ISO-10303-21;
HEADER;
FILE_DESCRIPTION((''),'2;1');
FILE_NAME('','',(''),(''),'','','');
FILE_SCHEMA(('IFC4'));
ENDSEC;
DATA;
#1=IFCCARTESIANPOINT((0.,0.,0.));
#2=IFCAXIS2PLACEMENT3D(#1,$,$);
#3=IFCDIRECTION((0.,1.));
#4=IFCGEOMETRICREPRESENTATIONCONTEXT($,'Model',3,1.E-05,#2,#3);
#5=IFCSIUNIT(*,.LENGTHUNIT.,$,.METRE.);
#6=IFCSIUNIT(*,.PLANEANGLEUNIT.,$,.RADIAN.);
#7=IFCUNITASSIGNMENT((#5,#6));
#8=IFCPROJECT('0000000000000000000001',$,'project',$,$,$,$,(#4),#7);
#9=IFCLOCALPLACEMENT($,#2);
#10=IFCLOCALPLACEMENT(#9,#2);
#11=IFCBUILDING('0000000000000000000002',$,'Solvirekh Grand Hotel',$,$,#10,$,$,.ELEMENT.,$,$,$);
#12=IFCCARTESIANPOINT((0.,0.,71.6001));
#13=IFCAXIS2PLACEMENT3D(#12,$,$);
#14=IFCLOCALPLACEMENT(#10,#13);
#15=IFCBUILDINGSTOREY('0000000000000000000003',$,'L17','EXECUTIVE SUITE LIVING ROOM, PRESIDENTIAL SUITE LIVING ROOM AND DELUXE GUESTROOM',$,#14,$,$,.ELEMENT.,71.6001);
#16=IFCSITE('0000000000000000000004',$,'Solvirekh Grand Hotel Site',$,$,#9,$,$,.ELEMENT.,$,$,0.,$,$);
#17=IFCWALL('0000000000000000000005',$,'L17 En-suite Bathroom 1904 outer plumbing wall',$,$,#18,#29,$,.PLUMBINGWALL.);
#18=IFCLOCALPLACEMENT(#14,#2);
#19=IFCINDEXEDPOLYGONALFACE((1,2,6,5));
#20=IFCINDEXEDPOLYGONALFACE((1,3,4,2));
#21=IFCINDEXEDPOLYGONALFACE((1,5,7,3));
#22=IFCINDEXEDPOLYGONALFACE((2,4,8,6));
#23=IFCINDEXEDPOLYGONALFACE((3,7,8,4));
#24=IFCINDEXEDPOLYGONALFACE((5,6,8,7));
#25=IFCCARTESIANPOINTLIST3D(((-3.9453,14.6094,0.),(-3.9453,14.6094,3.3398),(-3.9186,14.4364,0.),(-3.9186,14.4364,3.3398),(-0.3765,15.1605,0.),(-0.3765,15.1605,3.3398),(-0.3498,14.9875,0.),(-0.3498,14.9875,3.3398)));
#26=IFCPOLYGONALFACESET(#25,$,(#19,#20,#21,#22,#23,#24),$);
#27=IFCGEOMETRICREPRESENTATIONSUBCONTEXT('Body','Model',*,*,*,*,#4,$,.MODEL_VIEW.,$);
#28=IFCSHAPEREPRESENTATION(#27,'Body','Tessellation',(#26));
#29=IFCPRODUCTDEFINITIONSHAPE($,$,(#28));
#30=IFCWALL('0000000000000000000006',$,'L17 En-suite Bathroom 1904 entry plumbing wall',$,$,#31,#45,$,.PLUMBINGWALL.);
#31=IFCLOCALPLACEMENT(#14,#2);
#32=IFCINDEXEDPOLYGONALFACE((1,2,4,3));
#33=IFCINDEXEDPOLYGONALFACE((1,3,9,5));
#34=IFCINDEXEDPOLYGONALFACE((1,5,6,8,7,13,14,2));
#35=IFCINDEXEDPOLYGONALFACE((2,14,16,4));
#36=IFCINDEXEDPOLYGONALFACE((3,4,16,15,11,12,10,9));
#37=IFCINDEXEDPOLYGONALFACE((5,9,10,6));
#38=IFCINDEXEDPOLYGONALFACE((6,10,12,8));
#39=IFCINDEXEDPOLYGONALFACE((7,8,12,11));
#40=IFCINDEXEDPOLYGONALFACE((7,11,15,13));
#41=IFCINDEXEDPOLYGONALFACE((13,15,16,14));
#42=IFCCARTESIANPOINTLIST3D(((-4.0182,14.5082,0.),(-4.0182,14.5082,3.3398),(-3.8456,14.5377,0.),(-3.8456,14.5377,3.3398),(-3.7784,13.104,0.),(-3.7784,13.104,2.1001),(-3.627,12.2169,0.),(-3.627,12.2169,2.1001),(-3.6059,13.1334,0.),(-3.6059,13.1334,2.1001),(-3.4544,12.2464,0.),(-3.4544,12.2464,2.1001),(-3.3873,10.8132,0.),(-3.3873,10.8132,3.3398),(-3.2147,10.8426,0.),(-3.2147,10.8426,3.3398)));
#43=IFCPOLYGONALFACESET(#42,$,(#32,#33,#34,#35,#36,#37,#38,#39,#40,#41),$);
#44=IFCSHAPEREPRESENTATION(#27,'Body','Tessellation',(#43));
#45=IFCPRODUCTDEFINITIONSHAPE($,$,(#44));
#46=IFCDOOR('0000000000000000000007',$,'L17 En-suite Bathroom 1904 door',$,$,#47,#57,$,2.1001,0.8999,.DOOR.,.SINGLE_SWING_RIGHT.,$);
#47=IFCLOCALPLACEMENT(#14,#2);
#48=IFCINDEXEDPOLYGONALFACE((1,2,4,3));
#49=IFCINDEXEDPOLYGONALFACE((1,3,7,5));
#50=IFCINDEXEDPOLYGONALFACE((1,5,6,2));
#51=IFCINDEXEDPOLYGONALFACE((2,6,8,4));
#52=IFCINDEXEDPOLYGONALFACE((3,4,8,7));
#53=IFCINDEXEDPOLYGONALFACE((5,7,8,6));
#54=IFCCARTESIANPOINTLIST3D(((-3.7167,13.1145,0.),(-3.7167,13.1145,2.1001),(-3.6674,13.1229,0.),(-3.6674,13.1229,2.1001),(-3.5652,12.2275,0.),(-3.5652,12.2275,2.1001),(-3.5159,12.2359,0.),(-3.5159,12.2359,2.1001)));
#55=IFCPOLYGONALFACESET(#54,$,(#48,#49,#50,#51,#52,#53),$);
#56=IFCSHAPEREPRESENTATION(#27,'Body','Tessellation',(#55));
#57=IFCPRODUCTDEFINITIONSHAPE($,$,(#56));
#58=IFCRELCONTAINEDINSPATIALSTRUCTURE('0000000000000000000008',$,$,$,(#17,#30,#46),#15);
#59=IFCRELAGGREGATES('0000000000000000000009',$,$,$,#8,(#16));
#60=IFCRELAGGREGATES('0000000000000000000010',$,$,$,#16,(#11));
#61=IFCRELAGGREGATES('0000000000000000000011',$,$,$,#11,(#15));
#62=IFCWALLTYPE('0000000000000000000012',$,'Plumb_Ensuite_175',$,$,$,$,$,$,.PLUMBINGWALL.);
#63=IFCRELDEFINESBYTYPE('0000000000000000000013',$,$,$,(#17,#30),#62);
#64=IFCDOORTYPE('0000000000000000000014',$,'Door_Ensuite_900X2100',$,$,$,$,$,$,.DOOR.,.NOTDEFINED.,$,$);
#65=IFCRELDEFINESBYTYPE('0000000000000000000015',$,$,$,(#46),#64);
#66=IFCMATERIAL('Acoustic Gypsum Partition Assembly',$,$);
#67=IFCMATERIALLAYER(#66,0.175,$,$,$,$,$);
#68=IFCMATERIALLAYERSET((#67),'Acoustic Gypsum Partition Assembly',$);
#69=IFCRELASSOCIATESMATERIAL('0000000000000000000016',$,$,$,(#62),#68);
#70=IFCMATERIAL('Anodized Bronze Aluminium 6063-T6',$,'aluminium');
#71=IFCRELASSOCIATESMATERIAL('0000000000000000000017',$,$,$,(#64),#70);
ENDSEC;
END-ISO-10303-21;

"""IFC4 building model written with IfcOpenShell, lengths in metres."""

from ifc_helpers import new_model, si_unit, direction, frame, frame_2d, origin, place, context, subcontext, project, spatial, rectangle, extrude, material, layer, layer_set, type_object, element, fill, save


model = new_model("IFC4")

# Units and contexts
model_context = context("Model", 3, precision=1e-05, world=origin(), true_north=direction((0.0, 1.0)))
body_context = subcontext(model_context, "Body", "Model", "MODEL_VIEW")
ifc_project = project(units=[si_unit("LENGTHUNIT", "METRE"), si_unit("PLANEANGLEUNIT", "RADIAN")], contexts=[model_context])

# Site, building, storey
site_placement = place(None, origin())
site = spatial("IfcSite", under=ifc_project, at=site_placement, Name="Solvirekh Grand Hotel Site", CompositionType="ELEMENT", RefElevation=0.0)
building_placement = place(site_placement, origin())
building = spatial("IfcBuilding", under=site, at=building_placement, Name="Solvirekh Grand Hotel", CompositionType="ELEMENT")
storey_placement = place(building_placement, frame((0.0, 0.0, 71.6001)))
storey = spatial("IfcBuildingStorey", under=building, at=storey_placement, Name="L17", Description="EXECUTIVE SUITE LIVING ROOM, PRESIDENTIAL SUITE LIVING ROOM AND DELUXE GUESTROOM", CompositionType="ELEMENT", Elevation=71.6001)

# Shared definitions
ifc_material_1 = material(Name="Acoustic Gypsum Partition Assembly")

# Shared definitions
ifc_material_2 = material(Name="Anodized Bronze Aluminium 6063-T6", Category="aluminium")

# Wall
ifc_layer_1 = layer(ifc_material_1, 0.175)
ifc_layer_set_1 = layer_set([ifc_layer_1], Name="Acoustic Gypsum Partition Assembly")
wall_type_1 = type_object("IfcWallType", Name="Plumb_Ensuite_175", PredefinedType="PLUMBINGWALL", material=ifc_layer_set_1)
wall_1_placement = place(storey_placement, frame((-0.363, 15.074, 0.0), z_axis=(0.0, 0.0, 1.0), x_axis=(-0.988289, -0.152591, 0.0)))
element("IfcWall", 1, at=wall_1_placement, inside=storey, type_object=wall_type_1, Name="L17 En-suite Bathroom 1904 outer plumbing wall", PredefinedType="PLUMBINGWALL", context=body_context, shape_type="SweptSolid", body=[
    extrude(rectangle(XDim=3.6111, YDim=0.175, at=frame_2d((1.8057, 0.0))), origin(), (0.0, 0.0, 1.0), 3.3398),
])

# Wall, opening, door
wall_2_placement = place(storey_placement, frame((-3.301, 10.8279, 0.0), z_axis=(0.0, 0.0, 1.0), x_axis=(-0.168295, 0.985737, 0.0)))
wall_2 = element("IfcWall", 2, at=wall_2_placement, inside=storey, type_object=wall_type_1, Name="L17 En-suite Bathroom 1904 entry plumbing wall", PredefinedType="PLUMBINGWALL", context=body_context, shape_type="SweptSolid", body=[
    extrude(rectangle(XDim=3.7485, YDim=0.175, at=frame_2d((1.8743, 0.0))), origin(), (0.0, 0.0, 1.0), 3.3398),
])
opening_1_placement = place(wall_2_placement, frame((1.4241, 0.0, 0.0)))
opening_1 = element("IfcOpeningElement", 3, at=opening_1_placement, cuts=wall_2, PredefinedType="OPENING", context=body_context, shape_type="SweptSolid", body=[
    extrude(rectangle(XDim=0.8999, YDim=2.1001, at=frame_2d((0.45, 1.05))), frame((0.0, 0.0977, 0.0), z_axis=(0.0, -1.0, 0.0), x_axis=(1.0, 0.0, 0.0)), (0.0, 0.0, 1.0), 0.1951),
])
door_type_1 = type_object("IfcDoorType", Name="Door_Ensuite_900X2100", OperationType="NOTDEFINED", PredefinedType="DOOR", material=ifc_material_2)
door_1_placement = place(opening_1_placement, origin())
door_1 = element("IfcDoor", 4, at=door_1_placement, inside=storey, type_object=door_type_1, Name="L17 En-suite Bathroom 1904 door", OperationType="SINGLE_SWING_RIGHT", OverallHeight=2.1001, OverallWidth=0.8999, PredefinedType="DOOR", context=body_context, shape_type="SweptSolid", body=[
    extrude(rectangle(XDim=0.8999, YDim=2.1001, at=frame_2d((0.45, 1.05))), frame((0.0, 0.0249, 0.0), z_axis=(0.0, -1.0, 0.0), x_axis=(1.0, 0.0, 0.0)), (0.0, 0.0, 1.0), 0.05),
])
fill(opening_1, door_1)

save(model, "model.ifc")
